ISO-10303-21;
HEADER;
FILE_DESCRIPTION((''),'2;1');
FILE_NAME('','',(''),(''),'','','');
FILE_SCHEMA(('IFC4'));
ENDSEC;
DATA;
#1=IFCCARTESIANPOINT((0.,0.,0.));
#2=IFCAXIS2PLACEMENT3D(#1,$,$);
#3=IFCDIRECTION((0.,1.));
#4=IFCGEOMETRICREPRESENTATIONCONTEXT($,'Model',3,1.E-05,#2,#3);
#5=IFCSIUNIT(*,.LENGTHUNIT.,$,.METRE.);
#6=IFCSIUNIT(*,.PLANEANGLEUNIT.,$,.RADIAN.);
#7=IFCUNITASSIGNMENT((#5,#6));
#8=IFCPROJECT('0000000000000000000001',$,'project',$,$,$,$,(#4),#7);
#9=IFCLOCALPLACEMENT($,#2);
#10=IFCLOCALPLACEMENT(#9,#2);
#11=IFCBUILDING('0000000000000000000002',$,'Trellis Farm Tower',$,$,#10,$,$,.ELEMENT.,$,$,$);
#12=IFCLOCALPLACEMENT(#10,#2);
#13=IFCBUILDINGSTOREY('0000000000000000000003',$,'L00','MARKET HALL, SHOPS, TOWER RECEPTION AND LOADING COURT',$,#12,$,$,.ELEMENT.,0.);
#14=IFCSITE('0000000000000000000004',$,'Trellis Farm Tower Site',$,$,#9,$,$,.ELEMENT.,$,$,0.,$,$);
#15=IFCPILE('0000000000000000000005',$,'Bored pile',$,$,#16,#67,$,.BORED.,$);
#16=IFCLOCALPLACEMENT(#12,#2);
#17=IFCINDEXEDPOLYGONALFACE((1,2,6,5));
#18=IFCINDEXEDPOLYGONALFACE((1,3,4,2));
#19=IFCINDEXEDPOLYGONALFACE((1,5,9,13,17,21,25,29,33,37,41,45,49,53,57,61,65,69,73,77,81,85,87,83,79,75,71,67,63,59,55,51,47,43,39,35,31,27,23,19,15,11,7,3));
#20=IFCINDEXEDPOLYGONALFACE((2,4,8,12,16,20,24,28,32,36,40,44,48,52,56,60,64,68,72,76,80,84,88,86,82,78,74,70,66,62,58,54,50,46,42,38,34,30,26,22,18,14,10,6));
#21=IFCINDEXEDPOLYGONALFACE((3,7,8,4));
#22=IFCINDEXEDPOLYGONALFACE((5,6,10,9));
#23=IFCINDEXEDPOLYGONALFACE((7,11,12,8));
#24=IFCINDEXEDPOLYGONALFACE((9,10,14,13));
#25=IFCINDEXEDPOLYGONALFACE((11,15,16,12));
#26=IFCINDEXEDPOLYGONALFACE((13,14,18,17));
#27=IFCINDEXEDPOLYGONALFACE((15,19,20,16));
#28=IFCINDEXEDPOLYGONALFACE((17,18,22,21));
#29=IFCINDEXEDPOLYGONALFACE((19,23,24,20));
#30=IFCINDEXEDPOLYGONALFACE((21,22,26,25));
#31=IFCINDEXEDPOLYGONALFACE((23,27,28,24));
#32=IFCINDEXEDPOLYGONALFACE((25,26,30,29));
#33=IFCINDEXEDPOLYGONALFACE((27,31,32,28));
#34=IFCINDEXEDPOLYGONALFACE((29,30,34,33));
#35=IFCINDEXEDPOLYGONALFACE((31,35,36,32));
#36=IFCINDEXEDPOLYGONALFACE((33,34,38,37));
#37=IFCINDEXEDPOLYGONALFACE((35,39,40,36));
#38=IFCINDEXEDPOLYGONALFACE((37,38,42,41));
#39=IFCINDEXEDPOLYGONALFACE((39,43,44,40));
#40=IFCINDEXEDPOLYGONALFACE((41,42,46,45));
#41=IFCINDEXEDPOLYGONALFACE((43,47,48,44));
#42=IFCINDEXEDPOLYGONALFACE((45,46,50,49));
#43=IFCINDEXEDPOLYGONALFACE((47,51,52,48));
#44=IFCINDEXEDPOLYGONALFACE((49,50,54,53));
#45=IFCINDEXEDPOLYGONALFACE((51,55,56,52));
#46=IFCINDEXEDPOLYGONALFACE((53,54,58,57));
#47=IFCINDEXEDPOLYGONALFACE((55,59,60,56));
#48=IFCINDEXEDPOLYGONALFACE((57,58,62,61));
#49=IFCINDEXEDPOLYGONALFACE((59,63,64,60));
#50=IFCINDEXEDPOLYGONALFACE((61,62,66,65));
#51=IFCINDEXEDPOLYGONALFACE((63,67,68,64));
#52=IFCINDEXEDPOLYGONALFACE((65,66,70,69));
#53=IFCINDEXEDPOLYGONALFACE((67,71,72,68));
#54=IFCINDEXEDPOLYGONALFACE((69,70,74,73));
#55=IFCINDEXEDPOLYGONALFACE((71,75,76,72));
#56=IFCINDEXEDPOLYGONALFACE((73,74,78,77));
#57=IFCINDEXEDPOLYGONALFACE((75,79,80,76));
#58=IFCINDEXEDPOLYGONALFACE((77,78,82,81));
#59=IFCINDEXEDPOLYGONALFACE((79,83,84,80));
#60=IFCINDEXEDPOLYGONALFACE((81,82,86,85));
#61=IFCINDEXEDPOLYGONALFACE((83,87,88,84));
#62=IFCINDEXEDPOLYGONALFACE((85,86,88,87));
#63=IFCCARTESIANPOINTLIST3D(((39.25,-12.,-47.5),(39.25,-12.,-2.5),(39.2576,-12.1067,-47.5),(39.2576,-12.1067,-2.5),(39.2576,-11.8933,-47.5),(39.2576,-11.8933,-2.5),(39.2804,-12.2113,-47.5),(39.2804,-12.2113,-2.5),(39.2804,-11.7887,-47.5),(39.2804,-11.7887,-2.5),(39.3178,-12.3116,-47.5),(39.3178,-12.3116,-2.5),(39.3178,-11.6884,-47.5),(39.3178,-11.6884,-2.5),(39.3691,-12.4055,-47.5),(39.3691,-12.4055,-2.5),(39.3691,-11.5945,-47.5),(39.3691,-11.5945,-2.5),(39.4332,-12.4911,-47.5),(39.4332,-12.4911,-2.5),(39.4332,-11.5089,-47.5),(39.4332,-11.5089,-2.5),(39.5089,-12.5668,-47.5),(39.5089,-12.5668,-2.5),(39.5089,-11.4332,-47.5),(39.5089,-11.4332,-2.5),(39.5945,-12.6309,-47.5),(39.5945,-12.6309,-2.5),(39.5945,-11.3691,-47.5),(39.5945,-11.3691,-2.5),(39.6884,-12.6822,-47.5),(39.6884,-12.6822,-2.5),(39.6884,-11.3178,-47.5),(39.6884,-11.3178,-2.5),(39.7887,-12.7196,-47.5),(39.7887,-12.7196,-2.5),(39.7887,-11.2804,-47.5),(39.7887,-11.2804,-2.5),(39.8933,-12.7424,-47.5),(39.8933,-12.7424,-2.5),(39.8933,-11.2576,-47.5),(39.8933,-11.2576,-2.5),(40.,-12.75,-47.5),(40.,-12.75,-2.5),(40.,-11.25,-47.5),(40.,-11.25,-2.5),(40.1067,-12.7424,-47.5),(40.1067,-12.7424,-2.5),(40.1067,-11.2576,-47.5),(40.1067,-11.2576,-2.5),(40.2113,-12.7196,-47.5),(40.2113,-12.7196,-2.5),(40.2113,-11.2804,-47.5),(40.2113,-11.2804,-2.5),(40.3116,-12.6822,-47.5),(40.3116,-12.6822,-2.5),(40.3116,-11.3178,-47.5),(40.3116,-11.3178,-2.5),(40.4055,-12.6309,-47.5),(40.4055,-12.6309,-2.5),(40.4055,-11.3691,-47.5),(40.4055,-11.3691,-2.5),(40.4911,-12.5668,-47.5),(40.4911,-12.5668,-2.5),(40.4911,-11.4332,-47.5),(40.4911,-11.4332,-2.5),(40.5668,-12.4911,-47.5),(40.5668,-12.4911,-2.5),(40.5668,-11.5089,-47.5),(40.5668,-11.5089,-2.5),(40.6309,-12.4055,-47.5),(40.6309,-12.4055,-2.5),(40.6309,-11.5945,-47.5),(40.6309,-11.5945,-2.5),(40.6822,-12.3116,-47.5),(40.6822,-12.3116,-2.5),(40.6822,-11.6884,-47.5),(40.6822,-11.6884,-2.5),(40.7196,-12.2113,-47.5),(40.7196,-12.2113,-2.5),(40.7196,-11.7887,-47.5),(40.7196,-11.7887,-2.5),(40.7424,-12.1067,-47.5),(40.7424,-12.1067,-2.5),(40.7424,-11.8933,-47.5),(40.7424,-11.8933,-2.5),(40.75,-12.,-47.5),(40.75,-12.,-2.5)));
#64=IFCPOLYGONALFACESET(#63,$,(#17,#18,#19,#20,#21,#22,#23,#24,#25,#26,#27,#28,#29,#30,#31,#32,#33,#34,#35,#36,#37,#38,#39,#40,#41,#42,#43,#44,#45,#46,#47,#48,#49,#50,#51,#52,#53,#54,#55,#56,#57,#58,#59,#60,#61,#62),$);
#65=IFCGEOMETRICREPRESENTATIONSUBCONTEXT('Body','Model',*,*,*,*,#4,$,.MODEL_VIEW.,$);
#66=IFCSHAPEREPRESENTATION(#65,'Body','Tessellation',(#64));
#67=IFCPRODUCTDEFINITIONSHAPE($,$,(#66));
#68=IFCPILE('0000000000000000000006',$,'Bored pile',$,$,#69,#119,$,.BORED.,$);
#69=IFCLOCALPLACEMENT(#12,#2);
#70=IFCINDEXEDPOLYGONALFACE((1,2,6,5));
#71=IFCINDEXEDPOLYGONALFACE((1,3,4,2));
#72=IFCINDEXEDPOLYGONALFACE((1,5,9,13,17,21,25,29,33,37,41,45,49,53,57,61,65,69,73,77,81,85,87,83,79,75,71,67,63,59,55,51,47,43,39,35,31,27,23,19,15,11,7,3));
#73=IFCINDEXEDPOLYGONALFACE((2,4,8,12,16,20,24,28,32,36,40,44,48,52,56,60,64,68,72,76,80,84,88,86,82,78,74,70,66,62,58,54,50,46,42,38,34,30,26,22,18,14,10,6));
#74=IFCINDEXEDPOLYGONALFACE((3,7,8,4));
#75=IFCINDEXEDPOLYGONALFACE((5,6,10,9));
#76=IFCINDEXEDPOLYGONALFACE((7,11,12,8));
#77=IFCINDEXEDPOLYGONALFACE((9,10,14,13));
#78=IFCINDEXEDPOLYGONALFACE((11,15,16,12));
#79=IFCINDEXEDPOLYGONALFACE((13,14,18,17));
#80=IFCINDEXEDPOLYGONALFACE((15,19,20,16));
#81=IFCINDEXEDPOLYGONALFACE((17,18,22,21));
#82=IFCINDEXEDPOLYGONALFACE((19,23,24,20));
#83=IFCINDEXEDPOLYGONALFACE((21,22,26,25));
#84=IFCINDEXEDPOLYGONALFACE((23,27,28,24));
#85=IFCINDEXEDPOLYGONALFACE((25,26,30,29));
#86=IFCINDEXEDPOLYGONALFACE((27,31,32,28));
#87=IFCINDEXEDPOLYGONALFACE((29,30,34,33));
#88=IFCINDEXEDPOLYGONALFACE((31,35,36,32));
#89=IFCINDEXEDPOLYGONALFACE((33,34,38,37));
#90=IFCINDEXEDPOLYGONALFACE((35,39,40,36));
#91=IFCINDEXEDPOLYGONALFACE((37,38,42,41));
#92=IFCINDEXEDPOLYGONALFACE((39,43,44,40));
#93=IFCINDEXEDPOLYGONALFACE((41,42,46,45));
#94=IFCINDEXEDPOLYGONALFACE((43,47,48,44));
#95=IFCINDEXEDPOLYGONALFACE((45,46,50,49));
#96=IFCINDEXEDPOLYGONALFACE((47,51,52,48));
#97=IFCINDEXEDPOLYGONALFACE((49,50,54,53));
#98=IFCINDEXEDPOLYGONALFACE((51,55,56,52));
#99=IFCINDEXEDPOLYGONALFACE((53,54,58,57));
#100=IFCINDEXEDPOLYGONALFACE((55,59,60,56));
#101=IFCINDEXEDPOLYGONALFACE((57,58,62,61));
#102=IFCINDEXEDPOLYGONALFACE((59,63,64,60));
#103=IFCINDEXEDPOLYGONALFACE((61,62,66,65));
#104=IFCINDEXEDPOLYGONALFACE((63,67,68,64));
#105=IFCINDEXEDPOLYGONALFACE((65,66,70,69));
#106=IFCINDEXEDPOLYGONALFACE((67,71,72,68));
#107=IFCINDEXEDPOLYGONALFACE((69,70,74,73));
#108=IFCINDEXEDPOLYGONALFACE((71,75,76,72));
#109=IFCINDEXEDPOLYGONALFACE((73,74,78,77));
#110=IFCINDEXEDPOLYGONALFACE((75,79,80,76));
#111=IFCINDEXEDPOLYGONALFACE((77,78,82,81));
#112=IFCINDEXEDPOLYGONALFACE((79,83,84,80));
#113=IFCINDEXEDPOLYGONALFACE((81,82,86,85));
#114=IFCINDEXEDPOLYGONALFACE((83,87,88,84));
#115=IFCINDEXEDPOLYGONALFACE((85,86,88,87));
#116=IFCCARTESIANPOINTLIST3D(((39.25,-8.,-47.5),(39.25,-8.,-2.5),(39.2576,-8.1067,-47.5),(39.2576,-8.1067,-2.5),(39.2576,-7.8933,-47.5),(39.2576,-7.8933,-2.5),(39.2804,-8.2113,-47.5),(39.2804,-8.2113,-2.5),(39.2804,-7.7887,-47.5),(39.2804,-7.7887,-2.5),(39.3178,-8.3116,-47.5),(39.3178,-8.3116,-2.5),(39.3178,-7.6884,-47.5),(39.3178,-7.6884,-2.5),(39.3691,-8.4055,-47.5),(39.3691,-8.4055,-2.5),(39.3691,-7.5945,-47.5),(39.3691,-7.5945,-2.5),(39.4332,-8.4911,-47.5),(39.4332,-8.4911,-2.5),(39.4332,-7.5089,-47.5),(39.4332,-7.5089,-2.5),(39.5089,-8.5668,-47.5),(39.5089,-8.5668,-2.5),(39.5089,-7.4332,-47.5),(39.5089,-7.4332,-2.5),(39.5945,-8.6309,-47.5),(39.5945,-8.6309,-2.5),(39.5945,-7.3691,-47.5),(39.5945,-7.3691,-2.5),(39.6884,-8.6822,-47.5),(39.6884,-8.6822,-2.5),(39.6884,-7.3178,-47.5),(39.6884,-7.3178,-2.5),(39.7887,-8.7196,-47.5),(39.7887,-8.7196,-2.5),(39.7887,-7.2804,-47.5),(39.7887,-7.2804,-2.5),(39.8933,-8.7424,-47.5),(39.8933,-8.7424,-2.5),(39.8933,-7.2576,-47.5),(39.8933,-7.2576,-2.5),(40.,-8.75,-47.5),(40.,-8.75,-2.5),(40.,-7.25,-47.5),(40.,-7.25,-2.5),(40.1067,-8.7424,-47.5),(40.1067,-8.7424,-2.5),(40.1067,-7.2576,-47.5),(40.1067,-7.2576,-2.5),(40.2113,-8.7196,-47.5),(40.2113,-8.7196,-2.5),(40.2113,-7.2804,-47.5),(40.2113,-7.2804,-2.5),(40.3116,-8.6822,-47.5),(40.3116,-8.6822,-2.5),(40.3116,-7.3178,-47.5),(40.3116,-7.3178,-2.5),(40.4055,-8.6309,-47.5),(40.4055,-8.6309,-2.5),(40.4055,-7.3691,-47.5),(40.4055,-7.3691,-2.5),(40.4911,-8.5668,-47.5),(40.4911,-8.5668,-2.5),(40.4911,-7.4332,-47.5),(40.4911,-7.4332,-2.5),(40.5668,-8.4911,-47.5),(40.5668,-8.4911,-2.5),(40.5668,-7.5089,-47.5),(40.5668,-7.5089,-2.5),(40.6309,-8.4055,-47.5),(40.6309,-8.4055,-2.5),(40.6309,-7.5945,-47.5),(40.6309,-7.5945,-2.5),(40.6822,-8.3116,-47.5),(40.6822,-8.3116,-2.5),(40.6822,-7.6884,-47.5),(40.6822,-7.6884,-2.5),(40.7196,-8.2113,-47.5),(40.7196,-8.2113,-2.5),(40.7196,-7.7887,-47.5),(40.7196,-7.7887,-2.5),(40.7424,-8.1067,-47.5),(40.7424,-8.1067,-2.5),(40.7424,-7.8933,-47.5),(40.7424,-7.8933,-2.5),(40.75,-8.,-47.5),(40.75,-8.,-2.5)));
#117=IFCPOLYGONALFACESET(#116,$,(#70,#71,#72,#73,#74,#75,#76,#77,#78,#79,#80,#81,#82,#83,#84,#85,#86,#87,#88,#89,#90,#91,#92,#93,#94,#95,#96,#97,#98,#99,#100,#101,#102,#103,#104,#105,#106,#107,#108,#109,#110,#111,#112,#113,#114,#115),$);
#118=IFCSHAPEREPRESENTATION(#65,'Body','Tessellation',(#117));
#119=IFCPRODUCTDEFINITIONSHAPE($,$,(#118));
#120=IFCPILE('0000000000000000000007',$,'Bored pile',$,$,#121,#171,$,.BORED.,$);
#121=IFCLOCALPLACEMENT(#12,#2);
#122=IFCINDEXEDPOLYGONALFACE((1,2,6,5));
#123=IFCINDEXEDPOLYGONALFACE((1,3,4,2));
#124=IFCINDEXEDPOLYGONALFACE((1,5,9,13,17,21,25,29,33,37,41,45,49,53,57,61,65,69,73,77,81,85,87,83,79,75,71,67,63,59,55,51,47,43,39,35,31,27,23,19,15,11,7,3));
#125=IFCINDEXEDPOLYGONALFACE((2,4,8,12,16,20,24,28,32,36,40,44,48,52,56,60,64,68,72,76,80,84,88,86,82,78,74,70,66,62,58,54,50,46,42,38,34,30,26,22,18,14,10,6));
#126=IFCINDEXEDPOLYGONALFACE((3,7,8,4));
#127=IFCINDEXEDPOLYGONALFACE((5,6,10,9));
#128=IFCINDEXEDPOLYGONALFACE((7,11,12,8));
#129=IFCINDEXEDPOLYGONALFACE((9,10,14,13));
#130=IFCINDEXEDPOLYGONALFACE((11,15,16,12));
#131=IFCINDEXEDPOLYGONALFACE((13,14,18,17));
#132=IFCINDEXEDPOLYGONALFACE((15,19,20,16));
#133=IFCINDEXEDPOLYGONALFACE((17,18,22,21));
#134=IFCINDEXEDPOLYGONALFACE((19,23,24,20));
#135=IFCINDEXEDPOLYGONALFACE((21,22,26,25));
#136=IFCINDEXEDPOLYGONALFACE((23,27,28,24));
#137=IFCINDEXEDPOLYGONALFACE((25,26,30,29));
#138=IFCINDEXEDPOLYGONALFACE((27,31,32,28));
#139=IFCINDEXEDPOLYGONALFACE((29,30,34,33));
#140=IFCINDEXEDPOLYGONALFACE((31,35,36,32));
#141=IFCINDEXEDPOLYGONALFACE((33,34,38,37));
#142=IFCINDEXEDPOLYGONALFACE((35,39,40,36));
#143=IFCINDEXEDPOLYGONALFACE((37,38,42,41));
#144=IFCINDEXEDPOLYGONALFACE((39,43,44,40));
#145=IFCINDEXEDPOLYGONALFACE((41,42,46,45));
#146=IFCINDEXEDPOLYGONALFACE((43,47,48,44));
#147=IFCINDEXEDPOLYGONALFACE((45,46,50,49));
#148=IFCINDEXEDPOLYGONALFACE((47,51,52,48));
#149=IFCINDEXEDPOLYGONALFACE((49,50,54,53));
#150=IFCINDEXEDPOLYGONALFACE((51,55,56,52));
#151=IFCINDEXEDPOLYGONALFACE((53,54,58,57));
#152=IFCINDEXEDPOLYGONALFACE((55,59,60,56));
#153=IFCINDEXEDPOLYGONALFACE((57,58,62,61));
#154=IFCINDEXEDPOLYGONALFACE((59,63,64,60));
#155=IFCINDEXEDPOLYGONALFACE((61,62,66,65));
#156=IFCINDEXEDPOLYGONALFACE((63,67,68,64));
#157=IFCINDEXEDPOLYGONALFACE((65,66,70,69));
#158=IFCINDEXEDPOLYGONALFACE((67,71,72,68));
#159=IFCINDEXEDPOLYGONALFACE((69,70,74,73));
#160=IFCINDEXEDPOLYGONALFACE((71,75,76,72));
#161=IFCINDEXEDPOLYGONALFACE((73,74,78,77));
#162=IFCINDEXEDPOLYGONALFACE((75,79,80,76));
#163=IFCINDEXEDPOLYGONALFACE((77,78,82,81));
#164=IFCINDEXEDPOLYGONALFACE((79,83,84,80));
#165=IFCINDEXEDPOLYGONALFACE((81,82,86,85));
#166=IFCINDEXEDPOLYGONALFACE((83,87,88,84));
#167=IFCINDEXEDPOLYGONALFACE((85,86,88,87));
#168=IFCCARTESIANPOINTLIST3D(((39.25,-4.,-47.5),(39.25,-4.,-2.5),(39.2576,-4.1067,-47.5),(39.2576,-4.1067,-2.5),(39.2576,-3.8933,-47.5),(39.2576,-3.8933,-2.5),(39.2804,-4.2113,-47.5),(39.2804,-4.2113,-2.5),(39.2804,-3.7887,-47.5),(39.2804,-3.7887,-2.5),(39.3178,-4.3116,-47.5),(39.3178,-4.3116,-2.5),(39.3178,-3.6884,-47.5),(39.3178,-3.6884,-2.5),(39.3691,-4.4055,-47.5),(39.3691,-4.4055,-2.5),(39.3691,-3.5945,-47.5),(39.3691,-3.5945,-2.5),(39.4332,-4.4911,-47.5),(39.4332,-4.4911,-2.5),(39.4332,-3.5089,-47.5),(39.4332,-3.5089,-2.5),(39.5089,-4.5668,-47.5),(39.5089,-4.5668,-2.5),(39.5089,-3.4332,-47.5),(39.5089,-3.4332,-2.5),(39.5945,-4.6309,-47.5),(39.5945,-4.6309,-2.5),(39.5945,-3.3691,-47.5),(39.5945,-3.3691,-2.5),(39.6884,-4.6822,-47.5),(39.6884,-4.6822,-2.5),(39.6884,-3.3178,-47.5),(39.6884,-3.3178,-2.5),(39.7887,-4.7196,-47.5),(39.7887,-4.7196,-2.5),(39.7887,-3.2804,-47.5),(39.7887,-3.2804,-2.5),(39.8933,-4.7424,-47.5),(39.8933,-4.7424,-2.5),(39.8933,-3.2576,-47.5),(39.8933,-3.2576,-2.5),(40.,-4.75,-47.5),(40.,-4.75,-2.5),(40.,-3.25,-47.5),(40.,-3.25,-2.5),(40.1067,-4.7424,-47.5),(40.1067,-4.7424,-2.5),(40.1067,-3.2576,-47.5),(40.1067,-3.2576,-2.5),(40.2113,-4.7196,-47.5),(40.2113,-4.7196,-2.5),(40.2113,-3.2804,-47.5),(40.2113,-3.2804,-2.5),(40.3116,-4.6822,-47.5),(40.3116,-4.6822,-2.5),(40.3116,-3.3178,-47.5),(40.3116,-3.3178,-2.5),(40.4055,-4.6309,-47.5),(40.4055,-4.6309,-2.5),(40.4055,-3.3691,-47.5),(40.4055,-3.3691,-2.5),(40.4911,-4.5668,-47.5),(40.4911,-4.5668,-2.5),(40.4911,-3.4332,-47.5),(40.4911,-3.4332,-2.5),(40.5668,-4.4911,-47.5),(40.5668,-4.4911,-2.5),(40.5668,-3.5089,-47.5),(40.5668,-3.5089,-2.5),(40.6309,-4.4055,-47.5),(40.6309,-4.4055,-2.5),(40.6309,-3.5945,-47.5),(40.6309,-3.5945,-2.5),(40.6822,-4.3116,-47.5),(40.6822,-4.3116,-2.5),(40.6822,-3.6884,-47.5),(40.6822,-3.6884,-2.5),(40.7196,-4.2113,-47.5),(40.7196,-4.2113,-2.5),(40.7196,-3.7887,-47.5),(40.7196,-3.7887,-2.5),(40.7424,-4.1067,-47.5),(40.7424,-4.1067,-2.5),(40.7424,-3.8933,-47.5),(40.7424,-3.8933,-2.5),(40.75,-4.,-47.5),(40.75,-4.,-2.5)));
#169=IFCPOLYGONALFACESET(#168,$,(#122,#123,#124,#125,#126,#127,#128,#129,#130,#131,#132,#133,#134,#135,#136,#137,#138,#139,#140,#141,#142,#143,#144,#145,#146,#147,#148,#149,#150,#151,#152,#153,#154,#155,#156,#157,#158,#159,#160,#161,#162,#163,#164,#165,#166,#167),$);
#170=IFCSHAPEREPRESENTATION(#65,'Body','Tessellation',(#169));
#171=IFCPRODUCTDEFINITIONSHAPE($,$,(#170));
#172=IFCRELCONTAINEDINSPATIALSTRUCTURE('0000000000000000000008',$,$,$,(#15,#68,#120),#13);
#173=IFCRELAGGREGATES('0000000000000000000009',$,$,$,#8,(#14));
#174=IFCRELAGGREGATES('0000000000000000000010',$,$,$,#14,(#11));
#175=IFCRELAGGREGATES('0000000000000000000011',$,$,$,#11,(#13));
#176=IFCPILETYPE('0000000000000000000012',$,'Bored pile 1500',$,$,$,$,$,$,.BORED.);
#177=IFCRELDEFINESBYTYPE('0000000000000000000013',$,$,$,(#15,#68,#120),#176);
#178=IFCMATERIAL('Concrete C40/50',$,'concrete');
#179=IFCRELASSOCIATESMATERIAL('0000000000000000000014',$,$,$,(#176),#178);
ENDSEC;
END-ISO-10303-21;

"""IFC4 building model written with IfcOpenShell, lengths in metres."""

from ifc_helpers import new_model, si_unit, direction, frame, origin, origin_2d, place, context, subcontext, project, spatial, circle, extrude, source, transform, mapped, material, material_profile, profile_set, type_object, element, save


model = new_model("IFC4")

# Units and contexts
model_context = context("Model", 3, precision=1e-05, world=origin(), true_north=direction((0.0, 1.0)))
body_context = subcontext(model_context, "Body", "Model", "MODEL_VIEW")
ifc_project = project(units=[si_unit("LENGTHUNIT", "METRE"), si_unit("PLANEANGLEUNIT", "RADIAN")], contexts=[model_context])

# Site, building, storey
site_placement = place(None, origin())
site = spatial("IfcSite", under=ifc_project, at=site_placement, Name="Trellis Farm Tower Site", CompositionType="ELEMENT", RefElevation=0.0)
building_placement = place(site_placement, origin())
building = spatial("IfcBuilding", under=site, at=building_placement, Name="Trellis Farm Tower", CompositionType="ELEMENT")
storey_placement = place(building_placement, origin())
storey = spatial("IfcBuildingStorey", under=building, at=storey_placement, Name="L00", Description="MARKET HALL, SHOPS, TOWER RECEPTION AND LOADING COURT", CompositionType="ELEMENT", Elevation=0.0)

# Piles
ifc_material_1 = material(Name="Concrete C40/50", Category="concrete")
ifc_material_profile_1 = material_profile(ifc_material_1, circle(Radius=0.75, at=origin_2d()), Name="Bored pile 1500")
ifc_profile_set_1 = profile_set([ifc_material_profile_1], Name="Concrete C40/50")
pile_type = type_object("IfcPileType", Name="Bored pile 1500", PredefinedType="BORED", material=ifc_profile_set_1)
shared_shape_1 = source(origin(), body_context, "Body", "SweptSolid", [
    extrude(circle(Radius=0.75, at=origin_2d()), origin(), (0.0, 0.0, 1.0), 45.0),
])
for number, where, z_axis, x_axis, name in (
    (1, (40.0, -12.0, -2.5), (0.0, 0.0, -1.0), (1.0, 0.0, 0.0), "Bored pile"),
    (2, (40.0, -8.0, -2.5), (0.0, 0.0, -1.0), (1.0, 0.0, 0.0), "Bored pile"),
    (3, (40.0, -4.0, -2.5), (0.0, 0.0, -1.0), (1.0, 0.0, 0.0), "Bored pile"),
):
    element("IfcPile", number, at=place(storey_placement, frame(where, z_axis=z_axis, x_axis=x_axis)), inside=storey, type_object=pile_type, Name=name, PredefinedType="BORED", context=body_context, shape_type="MappedRepresentation", body=[
        mapped(shared_shape_1, transform((0.0, 0.0, 0.0))),
    ])

save(model, "model.ifc")
